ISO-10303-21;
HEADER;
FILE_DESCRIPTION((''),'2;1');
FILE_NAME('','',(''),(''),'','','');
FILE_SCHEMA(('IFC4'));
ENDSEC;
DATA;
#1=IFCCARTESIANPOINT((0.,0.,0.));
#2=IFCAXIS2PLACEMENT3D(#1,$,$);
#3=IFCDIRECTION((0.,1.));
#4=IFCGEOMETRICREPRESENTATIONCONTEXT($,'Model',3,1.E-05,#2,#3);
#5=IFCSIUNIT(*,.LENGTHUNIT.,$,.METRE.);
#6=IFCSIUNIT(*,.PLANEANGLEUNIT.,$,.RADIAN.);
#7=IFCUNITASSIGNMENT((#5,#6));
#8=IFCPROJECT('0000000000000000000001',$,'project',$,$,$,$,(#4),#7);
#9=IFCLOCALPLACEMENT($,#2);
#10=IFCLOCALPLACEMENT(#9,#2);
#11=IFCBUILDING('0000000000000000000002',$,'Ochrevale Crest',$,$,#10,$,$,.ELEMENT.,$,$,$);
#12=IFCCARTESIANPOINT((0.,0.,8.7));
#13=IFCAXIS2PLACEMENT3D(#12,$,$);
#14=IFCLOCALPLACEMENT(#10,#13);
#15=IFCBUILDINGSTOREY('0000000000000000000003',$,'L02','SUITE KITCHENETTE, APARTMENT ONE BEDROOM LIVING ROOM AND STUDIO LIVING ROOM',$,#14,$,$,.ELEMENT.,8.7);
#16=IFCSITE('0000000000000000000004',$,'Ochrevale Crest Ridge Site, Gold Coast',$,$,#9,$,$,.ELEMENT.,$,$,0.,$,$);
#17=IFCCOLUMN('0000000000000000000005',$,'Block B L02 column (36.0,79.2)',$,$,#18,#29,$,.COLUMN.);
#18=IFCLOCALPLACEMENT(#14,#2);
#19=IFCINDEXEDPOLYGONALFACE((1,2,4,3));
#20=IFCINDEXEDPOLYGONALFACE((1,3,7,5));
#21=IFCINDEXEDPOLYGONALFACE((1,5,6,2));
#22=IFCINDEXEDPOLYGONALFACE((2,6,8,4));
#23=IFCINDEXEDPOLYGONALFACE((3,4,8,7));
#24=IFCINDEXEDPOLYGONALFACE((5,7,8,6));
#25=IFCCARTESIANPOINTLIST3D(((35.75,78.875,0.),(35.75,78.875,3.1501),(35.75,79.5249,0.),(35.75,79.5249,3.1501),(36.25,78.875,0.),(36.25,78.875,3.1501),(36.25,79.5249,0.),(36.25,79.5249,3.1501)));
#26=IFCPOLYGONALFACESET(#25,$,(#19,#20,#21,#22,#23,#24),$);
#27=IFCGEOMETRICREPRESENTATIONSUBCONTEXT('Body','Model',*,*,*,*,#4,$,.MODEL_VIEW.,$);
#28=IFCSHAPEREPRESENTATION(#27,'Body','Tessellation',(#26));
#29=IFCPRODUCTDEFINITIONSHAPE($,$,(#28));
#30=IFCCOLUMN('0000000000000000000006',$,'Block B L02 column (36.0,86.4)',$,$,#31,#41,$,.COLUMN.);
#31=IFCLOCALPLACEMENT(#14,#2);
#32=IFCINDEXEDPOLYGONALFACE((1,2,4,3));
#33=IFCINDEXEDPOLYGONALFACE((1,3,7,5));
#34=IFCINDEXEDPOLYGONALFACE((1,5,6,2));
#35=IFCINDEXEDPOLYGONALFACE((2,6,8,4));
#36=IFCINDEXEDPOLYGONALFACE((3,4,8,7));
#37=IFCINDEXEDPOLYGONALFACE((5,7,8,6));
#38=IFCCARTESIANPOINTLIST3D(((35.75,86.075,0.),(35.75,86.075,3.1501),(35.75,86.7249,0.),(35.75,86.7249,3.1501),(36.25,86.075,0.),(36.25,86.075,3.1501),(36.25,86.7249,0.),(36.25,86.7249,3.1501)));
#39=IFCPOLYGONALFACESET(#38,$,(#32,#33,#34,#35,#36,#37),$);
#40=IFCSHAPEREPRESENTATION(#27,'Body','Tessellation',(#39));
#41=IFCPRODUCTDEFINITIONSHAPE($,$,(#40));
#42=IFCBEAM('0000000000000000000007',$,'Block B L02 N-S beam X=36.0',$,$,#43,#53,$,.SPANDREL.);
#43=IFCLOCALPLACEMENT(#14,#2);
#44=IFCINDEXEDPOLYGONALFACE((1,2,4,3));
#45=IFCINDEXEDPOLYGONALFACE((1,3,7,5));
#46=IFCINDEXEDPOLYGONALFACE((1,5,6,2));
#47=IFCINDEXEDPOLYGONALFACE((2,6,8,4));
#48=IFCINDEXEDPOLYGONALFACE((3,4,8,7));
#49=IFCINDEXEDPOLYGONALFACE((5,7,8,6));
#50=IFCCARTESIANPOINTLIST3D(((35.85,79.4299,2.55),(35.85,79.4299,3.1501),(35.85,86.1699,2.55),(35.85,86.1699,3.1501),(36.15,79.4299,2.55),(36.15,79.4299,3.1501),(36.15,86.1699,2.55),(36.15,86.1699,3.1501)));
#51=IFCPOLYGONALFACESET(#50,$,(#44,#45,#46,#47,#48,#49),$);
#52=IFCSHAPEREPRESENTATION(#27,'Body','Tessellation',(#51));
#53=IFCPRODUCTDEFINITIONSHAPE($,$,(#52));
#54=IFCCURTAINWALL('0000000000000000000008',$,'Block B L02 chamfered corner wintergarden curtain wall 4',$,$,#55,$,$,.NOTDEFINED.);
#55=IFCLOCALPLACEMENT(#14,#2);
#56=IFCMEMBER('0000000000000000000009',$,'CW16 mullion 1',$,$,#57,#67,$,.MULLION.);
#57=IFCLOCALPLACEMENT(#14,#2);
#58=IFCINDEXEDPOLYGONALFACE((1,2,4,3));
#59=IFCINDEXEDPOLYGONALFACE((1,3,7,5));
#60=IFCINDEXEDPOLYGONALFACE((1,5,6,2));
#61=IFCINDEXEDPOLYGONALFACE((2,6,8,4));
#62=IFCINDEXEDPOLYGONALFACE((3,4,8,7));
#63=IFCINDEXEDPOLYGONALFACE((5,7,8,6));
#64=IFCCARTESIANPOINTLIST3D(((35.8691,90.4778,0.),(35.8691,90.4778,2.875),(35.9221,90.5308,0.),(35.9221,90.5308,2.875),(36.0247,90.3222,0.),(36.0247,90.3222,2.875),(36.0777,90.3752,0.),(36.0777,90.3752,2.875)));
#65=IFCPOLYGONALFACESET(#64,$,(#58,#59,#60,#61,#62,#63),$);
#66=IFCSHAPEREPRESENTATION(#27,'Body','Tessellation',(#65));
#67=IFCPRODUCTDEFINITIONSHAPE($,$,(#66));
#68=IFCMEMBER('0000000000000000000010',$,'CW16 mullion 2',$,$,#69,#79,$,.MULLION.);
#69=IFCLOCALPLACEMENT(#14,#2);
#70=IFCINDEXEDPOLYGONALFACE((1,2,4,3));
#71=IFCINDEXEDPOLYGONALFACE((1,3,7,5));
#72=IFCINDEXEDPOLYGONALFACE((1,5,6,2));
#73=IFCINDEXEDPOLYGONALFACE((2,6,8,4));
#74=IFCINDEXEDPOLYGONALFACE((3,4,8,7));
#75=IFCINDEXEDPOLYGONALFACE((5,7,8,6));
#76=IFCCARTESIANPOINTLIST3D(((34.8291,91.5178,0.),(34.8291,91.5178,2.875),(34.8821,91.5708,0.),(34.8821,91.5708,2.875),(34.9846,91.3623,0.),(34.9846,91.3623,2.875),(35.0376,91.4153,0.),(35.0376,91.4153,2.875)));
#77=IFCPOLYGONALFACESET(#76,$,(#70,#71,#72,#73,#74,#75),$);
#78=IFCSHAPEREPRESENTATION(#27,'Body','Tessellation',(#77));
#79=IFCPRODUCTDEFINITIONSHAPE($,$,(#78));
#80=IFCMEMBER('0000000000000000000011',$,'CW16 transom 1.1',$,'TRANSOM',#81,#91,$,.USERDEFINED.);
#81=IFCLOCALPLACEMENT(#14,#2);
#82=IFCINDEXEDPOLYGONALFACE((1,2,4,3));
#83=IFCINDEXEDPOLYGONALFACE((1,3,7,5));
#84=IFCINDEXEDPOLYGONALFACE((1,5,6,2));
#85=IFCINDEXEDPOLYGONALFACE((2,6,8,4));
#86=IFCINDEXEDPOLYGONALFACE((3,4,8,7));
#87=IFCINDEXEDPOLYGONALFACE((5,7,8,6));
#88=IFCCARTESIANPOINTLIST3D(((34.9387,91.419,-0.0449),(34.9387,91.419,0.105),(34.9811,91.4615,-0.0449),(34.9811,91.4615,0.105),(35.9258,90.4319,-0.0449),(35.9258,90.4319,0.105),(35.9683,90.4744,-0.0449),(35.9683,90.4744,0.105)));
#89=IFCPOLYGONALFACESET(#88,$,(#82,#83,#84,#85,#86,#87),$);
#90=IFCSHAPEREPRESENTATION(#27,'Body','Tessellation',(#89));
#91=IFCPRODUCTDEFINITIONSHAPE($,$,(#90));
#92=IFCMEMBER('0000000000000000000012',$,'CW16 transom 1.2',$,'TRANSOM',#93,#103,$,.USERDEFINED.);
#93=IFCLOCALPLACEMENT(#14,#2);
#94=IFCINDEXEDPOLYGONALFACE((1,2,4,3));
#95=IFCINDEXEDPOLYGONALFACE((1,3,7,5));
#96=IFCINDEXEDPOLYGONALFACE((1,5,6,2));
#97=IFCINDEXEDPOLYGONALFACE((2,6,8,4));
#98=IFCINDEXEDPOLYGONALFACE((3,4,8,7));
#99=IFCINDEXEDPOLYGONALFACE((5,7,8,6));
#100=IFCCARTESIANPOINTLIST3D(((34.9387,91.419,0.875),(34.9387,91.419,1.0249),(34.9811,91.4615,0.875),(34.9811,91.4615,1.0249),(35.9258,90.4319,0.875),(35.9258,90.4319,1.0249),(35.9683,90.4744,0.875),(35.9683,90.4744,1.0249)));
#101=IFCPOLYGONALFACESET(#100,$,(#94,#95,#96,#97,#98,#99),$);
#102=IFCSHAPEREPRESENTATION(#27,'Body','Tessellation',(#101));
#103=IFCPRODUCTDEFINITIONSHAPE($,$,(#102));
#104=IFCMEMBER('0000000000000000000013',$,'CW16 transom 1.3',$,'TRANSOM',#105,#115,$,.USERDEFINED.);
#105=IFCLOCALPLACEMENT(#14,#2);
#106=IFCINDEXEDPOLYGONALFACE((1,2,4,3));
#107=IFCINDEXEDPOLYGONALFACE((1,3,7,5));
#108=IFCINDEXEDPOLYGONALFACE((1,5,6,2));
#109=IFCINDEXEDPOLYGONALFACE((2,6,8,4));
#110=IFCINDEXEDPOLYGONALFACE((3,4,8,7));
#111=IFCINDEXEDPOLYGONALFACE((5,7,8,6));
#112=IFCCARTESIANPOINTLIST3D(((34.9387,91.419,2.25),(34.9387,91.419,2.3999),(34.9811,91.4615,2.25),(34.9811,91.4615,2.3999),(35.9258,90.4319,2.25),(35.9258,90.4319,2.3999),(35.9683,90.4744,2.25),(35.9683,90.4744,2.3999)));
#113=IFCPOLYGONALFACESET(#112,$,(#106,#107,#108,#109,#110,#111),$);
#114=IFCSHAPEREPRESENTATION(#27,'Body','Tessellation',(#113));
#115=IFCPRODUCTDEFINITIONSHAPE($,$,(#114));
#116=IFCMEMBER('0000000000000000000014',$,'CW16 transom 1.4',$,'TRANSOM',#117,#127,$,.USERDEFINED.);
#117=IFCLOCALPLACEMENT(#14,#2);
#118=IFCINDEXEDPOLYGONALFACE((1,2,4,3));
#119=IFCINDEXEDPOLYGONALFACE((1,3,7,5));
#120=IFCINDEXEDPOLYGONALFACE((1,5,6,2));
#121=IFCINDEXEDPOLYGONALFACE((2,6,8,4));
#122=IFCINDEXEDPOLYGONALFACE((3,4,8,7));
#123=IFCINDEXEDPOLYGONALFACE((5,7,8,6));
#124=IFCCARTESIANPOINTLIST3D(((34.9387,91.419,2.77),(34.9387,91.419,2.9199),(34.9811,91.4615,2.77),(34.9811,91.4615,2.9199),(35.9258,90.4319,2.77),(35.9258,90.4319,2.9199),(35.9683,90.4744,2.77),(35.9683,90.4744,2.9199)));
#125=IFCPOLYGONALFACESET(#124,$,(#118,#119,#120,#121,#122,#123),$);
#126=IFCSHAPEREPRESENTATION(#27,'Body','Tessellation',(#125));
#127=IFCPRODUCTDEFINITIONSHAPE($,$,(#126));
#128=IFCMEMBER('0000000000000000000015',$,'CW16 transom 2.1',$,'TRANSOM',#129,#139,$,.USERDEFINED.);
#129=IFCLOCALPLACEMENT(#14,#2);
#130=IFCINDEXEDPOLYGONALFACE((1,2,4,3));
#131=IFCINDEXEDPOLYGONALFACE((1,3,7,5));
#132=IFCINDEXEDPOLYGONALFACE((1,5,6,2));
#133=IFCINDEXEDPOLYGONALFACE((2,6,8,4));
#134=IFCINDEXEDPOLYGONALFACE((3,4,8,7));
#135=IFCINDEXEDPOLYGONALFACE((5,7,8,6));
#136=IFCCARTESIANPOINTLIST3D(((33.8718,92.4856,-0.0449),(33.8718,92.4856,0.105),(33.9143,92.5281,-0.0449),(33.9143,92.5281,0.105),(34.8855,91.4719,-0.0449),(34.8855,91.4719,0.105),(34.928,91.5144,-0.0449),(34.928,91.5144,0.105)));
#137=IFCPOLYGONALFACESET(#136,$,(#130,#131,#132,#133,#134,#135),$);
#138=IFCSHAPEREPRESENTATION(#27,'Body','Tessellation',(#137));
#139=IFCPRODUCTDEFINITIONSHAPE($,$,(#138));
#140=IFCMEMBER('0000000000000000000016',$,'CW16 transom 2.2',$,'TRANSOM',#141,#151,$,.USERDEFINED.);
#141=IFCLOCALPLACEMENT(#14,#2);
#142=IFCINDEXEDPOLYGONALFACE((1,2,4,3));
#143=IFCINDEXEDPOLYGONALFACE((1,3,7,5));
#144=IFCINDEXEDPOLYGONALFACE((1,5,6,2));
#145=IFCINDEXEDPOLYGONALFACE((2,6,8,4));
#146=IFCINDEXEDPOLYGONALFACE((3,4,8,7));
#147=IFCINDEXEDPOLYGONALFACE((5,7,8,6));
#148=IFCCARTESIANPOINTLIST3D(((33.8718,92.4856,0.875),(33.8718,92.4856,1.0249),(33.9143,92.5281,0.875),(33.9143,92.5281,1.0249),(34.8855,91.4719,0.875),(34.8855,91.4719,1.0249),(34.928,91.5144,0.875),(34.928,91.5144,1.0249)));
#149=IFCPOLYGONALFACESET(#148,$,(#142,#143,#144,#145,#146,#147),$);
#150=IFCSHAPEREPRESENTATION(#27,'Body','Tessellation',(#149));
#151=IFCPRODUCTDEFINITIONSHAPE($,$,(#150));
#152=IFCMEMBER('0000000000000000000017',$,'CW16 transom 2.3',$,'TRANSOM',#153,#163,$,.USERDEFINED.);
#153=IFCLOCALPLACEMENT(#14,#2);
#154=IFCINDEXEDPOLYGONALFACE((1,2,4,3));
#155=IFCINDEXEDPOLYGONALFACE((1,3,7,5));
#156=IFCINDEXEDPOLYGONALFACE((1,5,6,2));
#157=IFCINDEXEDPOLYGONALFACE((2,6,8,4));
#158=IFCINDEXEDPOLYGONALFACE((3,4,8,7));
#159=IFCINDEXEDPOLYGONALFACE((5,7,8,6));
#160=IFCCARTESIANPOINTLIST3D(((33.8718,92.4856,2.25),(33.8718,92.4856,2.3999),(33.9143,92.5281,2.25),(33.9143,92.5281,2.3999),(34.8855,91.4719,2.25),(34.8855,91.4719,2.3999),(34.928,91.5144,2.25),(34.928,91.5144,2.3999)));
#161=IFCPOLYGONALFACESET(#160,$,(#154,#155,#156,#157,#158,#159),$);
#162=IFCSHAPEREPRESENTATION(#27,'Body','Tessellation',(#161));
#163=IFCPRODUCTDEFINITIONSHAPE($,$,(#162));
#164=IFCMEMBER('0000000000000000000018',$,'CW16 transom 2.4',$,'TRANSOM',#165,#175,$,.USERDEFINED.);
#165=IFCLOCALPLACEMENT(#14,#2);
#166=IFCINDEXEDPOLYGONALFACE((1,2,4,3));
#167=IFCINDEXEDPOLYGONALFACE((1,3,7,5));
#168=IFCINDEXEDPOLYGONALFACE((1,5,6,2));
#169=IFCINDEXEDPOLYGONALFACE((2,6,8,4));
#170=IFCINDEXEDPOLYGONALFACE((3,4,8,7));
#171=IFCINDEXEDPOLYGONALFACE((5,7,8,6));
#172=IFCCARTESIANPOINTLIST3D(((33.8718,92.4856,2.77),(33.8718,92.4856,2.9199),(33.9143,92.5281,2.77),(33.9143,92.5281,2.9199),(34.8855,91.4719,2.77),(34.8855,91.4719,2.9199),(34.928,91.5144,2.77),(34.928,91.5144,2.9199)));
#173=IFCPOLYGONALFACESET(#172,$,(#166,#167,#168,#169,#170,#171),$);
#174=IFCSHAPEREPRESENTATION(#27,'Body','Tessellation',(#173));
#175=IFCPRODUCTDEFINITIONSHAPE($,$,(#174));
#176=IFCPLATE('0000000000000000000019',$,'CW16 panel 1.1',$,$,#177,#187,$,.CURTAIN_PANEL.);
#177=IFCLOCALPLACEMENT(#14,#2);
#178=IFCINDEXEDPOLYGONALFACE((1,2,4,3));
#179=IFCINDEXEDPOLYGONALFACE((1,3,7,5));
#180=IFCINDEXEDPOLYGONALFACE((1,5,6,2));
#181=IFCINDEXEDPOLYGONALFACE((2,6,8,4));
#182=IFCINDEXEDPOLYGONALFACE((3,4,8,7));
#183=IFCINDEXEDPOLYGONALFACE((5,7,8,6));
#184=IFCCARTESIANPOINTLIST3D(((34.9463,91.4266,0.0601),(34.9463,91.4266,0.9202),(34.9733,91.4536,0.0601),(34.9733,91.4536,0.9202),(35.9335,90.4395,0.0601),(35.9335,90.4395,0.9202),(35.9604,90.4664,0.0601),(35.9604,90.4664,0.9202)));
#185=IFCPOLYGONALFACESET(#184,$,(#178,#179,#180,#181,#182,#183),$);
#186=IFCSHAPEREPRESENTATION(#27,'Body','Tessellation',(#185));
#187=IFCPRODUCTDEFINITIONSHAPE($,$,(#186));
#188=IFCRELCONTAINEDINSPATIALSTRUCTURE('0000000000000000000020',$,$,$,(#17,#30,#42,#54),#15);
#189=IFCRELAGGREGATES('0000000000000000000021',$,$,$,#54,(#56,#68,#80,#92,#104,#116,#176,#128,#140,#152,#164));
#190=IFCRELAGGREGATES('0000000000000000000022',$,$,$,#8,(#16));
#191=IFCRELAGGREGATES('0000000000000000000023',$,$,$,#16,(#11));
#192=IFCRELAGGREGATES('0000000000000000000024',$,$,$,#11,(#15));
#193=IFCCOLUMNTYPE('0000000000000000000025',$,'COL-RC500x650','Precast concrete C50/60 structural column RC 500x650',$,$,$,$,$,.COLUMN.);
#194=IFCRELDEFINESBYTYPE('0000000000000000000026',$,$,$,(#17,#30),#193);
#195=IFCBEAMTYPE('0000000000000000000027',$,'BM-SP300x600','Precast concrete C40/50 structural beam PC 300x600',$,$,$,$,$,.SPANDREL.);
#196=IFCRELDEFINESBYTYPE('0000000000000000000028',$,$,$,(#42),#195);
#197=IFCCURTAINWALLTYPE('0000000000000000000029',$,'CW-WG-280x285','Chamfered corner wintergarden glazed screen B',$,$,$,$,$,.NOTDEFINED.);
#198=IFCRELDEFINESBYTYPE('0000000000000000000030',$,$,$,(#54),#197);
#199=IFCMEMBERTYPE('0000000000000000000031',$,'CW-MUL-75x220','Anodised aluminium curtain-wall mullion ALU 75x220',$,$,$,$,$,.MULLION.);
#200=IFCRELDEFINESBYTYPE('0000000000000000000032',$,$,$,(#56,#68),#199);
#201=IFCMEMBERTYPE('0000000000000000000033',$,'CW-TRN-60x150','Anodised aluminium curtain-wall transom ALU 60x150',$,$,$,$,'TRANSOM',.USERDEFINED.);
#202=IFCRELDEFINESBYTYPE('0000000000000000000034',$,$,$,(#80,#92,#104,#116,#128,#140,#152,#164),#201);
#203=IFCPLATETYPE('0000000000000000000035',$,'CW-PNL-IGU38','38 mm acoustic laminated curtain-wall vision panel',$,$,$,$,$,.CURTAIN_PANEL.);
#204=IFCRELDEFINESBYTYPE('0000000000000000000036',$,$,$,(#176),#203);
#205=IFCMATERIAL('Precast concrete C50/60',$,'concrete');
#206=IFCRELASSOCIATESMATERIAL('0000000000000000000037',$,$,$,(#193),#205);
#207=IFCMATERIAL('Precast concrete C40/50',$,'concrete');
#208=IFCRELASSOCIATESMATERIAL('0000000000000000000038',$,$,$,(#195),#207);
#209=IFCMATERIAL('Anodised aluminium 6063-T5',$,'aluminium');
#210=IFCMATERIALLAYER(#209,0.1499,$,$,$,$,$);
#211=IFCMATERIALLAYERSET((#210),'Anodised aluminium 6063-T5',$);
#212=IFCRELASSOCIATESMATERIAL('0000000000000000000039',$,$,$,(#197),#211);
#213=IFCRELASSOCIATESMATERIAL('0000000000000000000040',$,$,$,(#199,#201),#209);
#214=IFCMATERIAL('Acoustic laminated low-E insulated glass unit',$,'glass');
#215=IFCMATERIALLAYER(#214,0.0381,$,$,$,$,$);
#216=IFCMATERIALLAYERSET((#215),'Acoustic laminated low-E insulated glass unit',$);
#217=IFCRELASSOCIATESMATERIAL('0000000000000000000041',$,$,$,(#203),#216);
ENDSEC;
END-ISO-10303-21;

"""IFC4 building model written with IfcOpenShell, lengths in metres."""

from ifc_helpers import new_model, si_unit, direction, frame, origin, origin_2d, place, context, subcontext, project, spatial, rectangle, extrude, material, layer, layer_set, material_profile, profile_set, type_object, element, aggregate, save


model = new_model("IFC4")

# Units and contexts
model_context = context("Model", 3, precision=1e-05, world=origin(), true_north=direction((0.0, 1.0)))
body_context = subcontext(model_context, "Body", "Model", "MODEL_VIEW")
ifc_project = project(units=[si_unit("LENGTHUNIT", "METRE"), si_unit("PLANEANGLEUNIT", "RADIAN")], contexts=[model_context])

# Site, building, storey
site_placement = place(None, origin())
site = spatial("IfcSite", under=ifc_project, at=site_placement, Name="Ochrevale Crest Ridge Site, Gold Coast", CompositionType="ELEMENT", RefElevation=0.0)
building_placement = place(site_placement, origin())
building = spatial("IfcBuilding", under=site, at=building_placement, Name="Ochrevale Crest", CompositionType="ELEMENT")
storey_placement = place(building_placement, frame((0.0, 0.0, 8.7)))
storey = spatial("IfcBuildingStorey", under=building, at=storey_placement, Name="L02", Description="SUITE KITCHENETTE, APARTMENT ONE BEDROOM LIVING ROOM AND STUDIO LIVING ROOM", CompositionType="ELEMENT", Elevation=8.7)

# Columns
ifc_material_1 = material(Name="Precast concrete C50/60", Category="concrete")
ifc_material_profile_1 = material_profile(ifc_material_1, rectangle(XDim=0.5, YDim=0.6499, at=origin_2d()), Name="RC 500x650")
ifc_profile_set_1 = profile_set([ifc_material_profile_1], Name="Precast concrete C50/60")
column_type = type_object("IfcColumnType", Name="COL-RC500x650", Description="Precast concrete C50/60 structural column RC 500x650", PredefinedType="COLUMN", material=ifc_profile_set_1)
for number, where, z_axis, x_axis, name in (
    (1, (36.0, 79.2, 0.0), (0.0, 0.0, 1.0), (1.0, 0.0, 0.0), "Block B L02 column (36.0,79.2)"),
    (2, (36.0, 86.3999, 0.0), (0.0, 0.0, 1.0), (1.0, 0.0, 0.0), "Block B L02 column (36.0,86.4)"),
):
    element("IfcColumn", number, at=place(storey_placement, frame(where, z_axis=z_axis, x_axis=x_axis)), inside=storey, type_object=column_type, Name=name, PredefinedType="COLUMN", context=body_context, shape_type="SweptSolid", body=[
        extrude(rectangle(XDim=0.5, YDim=0.6499, at=origin_2d()), origin(), (0.0, 0.0, 1.0), 3.1501),
    ])

# Beam
ifc_material_2 = material(Name="Precast concrete C40/50", Category="concrete")
ifc_material_profile_2 = material_profile(ifc_material_2, rectangle(XDim=0.3, YDim=0.6001, at=origin_2d()), Name="PC 300x600")
ifc_profile_set_2 = profile_set([ifc_material_profile_2], Name="Precast concrete C40/50")
beam_type = type_object("IfcBeamType", Name="BM-SP300x600", Description="Precast concrete C40/50 structural beam PC 300x600", PredefinedType="SPANDREL", material=ifc_profile_set_2)
beam_placement = place(storey_placement, frame((36.0, 79.4299, 2.8501), z_axis=(0.0, 1.0, 0.0), x_axis=(-1.0, 0.0, 0.0)))
element("IfcBeam", 3, at=beam_placement, inside=storey, type_object=beam_type, Name="Block B L02 N-S beam X=36.0", PredefinedType="SPANDREL", context=body_context, shape_type="SweptSolid", body=[
    extrude(rectangle(XDim=0.3, YDim=0.6001, at=origin_2d()), origin(), (0.0, 0.0, 1.0), 6.74),
])

# Curtain wall, members, plate
ifc_material_3 = material(Name="Anodised aluminium 6063-T5", Category="aluminium")
ifc_layer_1 = layer(ifc_material_3, 0.1499)
ifc_layer_set_1 = layer_set([ifc_layer_1], Name="Anodised aluminium 6063-T5")
curtain_wall_type = type_object("IfcCurtainWallType", Name="CW-WG-280x285", Description="Chamfered corner wintergarden glazed screen B", PredefinedType="NOTDEFINED", material=ifc_layer_set_1)
curtain_wall_placement = place(storey_placement, origin())
curtain_wall = element("IfcCurtainWall", 4, at=curtain_wall_placement, inside=storey, type_object=curtain_wall_type, Name="Block B L02 chamfered corner wintergarden curtain wall 4", PredefinedType="NOTDEFINED")
ifc_material_profile_3 = material_profile(ifc_material_3, rectangle(XDim=0.075, YDim=0.22, at=origin_2d()), Name="ALU 75x220")
ifc_profile_set_3 = profile_set([ifc_material_profile_3], Name="Anodised aluminium 6063-T5")
member_type_1 = type_object("IfcMemberType", Name="CW-MUL-75x220", Description="Anodised aluminium curtain-wall mullion ALU 75x220", PredefinedType="MULLION", material=ifc_profile_set_3)
member_1_placement = place(storey_placement, frame((35.9734, 90.4265, 0.0), z_axis=(0.0, 0.0, 1.0), x_axis=(-0.707107, -0.707107, 0.0)))
member_1 = element("IfcMember", 5, at=member_1_placement, type_object=member_type_1, Name="CW16 mullion 1", PredefinedType="MULLION", context=body_context, shape_type="SweptSolid", body=[
    extrude(rectangle(XDim=0.075, YDim=0.22, at=origin_2d()), origin(), (0.0, 0.0, 1.0), 2.875),
])
member_2_placement = place(storey_placement, frame((34.9333, 91.4666, 0.0), z_axis=(0.0, 0.0, 1.0), x_axis=(-0.707107, -0.707107, 0.0)))
member_2 = element("IfcMember", 6, at=member_2_placement, type_object=member_type_1, Name="CW16 mullion 2", PredefinedType="MULLION", context=body_context, shape_type="SweptSolid", body=[
    extrude(rectangle(XDim=0.075, YDim=0.22, at=origin_2d()), origin(), (0.0, 0.0, 1.0), 2.875),
])
ifc_material_profile_4 = material_profile(ifc_material_3, rectangle(XDim=0.0601, YDim=0.1499, at=origin_2d()), Name="ALU 60x150")
ifc_profile_set_4 = profile_set([ifc_material_profile_4], Name="Anodised aluminium 6063-T5")
member_type_2 = type_object("IfcMemberType", Name="CW-TRN-60x150", Description="Anodised aluminium curtain-wall transom ALU 60x150", ElementType="TRANSOM", PredefinedType="USERDEFINED", material=ifc_profile_set_4)
member_3_placement = place(storey_placement, frame((35.947, 90.4531, 0.03), z_axis=(-0.707107, 0.707107, 0.0), x_axis=(-0.707107, -0.707107, 0.0)))
member_3 = element("IfcMember", 7, at=member_3_placement, type_object=member_type_2, Name="CW16 transom 1.1", ObjectType="TRANSOM", PredefinedType="USERDEFINED", context=body_context, shape_type="SweptSolid", body=[
    extrude(rectangle(XDim=0.0601, YDim=0.1499, at=origin_2d()), origin(), (0.0, 0.0, 1.0), 1.396),
])
member_4_placement = place(storey_placement, frame((35.947, 90.4531, 0.95), z_axis=(-0.707107, 0.707107, 0.0), x_axis=(-0.707107, -0.707107, 0.0)))
member_4 = element("IfcMember", 8, at=member_4_placement, type_object=member_type_2, Name="CW16 transom 1.2", ObjectType="TRANSOM", PredefinedType="USERDEFINED", context=body_context, shape_type="SweptSolid", body=[
    extrude(rectangle(XDim=0.0601, YDim=0.1499, at=origin_2d()), origin(), (0.0, 0.0, 1.0), 1.396),
])
member_5_placement = place(storey_placement, frame((35.947, 90.4531, 2.325), z_axis=(-0.707107, 0.707107, 0.0), x_axis=(-0.707107, -0.707107, 0.0)))
member_5 = element("IfcMember", 9, at=member_5_placement, type_object=member_type_2, Name="CW16 transom 1.3", ObjectType="TRANSOM", PredefinedType="USERDEFINED", context=body_context, shape_type="SweptSolid", body=[
    extrude(rectangle(XDim=0.0601, YDim=0.1499, at=origin_2d()), origin(), (0.0, 0.0, 1.0), 1.396),
])
member_6_placement = place(storey_placement, frame((35.947, 90.4531, 2.845), z_axis=(-0.707107, 0.707107, 0.0), x_axis=(-0.707107, -0.707107, 0.0)))
member_6 = element("IfcMember", 10, at=member_6_placement, type_object=member_type_2, Name="CW16 transom 1.4", ObjectType="TRANSOM", PredefinedType="USERDEFINED", context=body_context, shape_type="SweptSolid", body=[
    extrude(rectangle(XDim=0.0601, YDim=0.1499, at=origin_2d()), origin(), (0.0, 0.0, 1.0), 1.396),
])
member_7_placement = place(storey_placement, frame((34.9067, 91.4932, 0.03), z_axis=(-0.707107, 0.707107, 0.0), x_axis=(-0.707107, -0.707107, 0.0)))
member_7 = element("IfcMember", 11, at=member_7_placement, type_object=member_type_2, Name="CW16 transom 2.1", ObjectType="TRANSOM", PredefinedType="USERDEFINED", context=body_context, shape_type="SweptSolid", body=[
    extrude(rectangle(XDim=0.0601, YDim=0.1499, at=origin_2d()), origin(), (0.0, 0.0, 1.0), 1.4336),
])
member_8_placement = place(storey_placement, frame((34.9067, 91.4932, 0.95), z_axis=(-0.707107, 0.707107, 0.0), x_axis=(-0.707107, -0.707107, 0.0)))
member_8 = element("IfcMember", 12, at=member_8_placement, type_object=member_type_2, Name="CW16 transom 2.2", ObjectType="TRANSOM", PredefinedType="USERDEFINED", context=body_context, shape_type="SweptSolid", body=[
    extrude(rectangle(XDim=0.0601, YDim=0.1499, at=origin_2d()), origin(), (0.0, 0.0, 1.0), 1.4336),
])
member_9_placement = place(storey_placement, frame((34.9067, 91.4932, 2.325), z_axis=(-0.707107, 0.707107, 0.0), x_axis=(-0.707107, -0.707107, 0.0)))
member_9 = element("IfcMember", 13, at=member_9_placement, type_object=member_type_2, Name="CW16 transom 2.3", ObjectType="TRANSOM", PredefinedType="USERDEFINED", context=body_context, shape_type="SweptSolid", body=[
    extrude(rectangle(XDim=0.0601, YDim=0.1499, at=origin_2d()), origin(), (0.0, 0.0, 1.0), 1.4336),
])
member_10_placement = place(storey_placement, frame((34.9067, 91.4932, 2.845), z_axis=(-0.707107, 0.707107, 0.0), x_axis=(-0.707107, -0.707107, 0.0)))
member_10 = element("IfcMember", 14, at=member_10_placement, type_object=member_type_2, Name="CW16 transom 2.4", ObjectType="TRANSOM", PredefinedType="USERDEFINED", context=body_context, shape_type="SweptSolid", body=[
    extrude(rectangle(XDim=0.0601, YDim=0.1499, at=origin_2d()), origin(), (0.0, 0.0, 1.0), 1.4336),
])
ifc_material_4 = material(Name="Acoustic laminated low-E insulated glass unit", Category="glass")
ifc_layer_2 = layer(ifc_material_4, 0.0381)
ifc_layer_set_2 = layer_set([ifc_layer_2], Name="Acoustic laminated low-E insulated glass unit")
plate_type = type_object("IfcPlateType", Name="CW-PNL-IGU38", Description="38 mm acoustic laminated curtain-wall vision panel", PredefinedType="CURTAIN_PANEL", material=ifc_layer_set_2)
plate_1_placement = place(storey_placement, frame((35.4534, 90.9465, 0.0601), z_axis=(0.0, 0.0, 1.0), x_axis=(-0.707107, 0.707107, 0.0)))
plate_1 = element("IfcPlate", 15, at=plate_1_placement, type_object=plate_type, Name="CW16 panel 1.1", PredefinedType="CURTAIN_PANEL", context=body_context, shape_type="SweptSolid", body=[
    extrude(rectangle(XDim=1.396, YDim=0.0381, at=origin_2d()), origin(), (0.0, 0.0, 1.0), 0.8601),
])
aggregate(curtain_wall, [member_1, member_2, member_3, member_4, member_5, member_6, plate_1, member_7, member_8, member_9, member_10])

save(model, "model.ifc")
